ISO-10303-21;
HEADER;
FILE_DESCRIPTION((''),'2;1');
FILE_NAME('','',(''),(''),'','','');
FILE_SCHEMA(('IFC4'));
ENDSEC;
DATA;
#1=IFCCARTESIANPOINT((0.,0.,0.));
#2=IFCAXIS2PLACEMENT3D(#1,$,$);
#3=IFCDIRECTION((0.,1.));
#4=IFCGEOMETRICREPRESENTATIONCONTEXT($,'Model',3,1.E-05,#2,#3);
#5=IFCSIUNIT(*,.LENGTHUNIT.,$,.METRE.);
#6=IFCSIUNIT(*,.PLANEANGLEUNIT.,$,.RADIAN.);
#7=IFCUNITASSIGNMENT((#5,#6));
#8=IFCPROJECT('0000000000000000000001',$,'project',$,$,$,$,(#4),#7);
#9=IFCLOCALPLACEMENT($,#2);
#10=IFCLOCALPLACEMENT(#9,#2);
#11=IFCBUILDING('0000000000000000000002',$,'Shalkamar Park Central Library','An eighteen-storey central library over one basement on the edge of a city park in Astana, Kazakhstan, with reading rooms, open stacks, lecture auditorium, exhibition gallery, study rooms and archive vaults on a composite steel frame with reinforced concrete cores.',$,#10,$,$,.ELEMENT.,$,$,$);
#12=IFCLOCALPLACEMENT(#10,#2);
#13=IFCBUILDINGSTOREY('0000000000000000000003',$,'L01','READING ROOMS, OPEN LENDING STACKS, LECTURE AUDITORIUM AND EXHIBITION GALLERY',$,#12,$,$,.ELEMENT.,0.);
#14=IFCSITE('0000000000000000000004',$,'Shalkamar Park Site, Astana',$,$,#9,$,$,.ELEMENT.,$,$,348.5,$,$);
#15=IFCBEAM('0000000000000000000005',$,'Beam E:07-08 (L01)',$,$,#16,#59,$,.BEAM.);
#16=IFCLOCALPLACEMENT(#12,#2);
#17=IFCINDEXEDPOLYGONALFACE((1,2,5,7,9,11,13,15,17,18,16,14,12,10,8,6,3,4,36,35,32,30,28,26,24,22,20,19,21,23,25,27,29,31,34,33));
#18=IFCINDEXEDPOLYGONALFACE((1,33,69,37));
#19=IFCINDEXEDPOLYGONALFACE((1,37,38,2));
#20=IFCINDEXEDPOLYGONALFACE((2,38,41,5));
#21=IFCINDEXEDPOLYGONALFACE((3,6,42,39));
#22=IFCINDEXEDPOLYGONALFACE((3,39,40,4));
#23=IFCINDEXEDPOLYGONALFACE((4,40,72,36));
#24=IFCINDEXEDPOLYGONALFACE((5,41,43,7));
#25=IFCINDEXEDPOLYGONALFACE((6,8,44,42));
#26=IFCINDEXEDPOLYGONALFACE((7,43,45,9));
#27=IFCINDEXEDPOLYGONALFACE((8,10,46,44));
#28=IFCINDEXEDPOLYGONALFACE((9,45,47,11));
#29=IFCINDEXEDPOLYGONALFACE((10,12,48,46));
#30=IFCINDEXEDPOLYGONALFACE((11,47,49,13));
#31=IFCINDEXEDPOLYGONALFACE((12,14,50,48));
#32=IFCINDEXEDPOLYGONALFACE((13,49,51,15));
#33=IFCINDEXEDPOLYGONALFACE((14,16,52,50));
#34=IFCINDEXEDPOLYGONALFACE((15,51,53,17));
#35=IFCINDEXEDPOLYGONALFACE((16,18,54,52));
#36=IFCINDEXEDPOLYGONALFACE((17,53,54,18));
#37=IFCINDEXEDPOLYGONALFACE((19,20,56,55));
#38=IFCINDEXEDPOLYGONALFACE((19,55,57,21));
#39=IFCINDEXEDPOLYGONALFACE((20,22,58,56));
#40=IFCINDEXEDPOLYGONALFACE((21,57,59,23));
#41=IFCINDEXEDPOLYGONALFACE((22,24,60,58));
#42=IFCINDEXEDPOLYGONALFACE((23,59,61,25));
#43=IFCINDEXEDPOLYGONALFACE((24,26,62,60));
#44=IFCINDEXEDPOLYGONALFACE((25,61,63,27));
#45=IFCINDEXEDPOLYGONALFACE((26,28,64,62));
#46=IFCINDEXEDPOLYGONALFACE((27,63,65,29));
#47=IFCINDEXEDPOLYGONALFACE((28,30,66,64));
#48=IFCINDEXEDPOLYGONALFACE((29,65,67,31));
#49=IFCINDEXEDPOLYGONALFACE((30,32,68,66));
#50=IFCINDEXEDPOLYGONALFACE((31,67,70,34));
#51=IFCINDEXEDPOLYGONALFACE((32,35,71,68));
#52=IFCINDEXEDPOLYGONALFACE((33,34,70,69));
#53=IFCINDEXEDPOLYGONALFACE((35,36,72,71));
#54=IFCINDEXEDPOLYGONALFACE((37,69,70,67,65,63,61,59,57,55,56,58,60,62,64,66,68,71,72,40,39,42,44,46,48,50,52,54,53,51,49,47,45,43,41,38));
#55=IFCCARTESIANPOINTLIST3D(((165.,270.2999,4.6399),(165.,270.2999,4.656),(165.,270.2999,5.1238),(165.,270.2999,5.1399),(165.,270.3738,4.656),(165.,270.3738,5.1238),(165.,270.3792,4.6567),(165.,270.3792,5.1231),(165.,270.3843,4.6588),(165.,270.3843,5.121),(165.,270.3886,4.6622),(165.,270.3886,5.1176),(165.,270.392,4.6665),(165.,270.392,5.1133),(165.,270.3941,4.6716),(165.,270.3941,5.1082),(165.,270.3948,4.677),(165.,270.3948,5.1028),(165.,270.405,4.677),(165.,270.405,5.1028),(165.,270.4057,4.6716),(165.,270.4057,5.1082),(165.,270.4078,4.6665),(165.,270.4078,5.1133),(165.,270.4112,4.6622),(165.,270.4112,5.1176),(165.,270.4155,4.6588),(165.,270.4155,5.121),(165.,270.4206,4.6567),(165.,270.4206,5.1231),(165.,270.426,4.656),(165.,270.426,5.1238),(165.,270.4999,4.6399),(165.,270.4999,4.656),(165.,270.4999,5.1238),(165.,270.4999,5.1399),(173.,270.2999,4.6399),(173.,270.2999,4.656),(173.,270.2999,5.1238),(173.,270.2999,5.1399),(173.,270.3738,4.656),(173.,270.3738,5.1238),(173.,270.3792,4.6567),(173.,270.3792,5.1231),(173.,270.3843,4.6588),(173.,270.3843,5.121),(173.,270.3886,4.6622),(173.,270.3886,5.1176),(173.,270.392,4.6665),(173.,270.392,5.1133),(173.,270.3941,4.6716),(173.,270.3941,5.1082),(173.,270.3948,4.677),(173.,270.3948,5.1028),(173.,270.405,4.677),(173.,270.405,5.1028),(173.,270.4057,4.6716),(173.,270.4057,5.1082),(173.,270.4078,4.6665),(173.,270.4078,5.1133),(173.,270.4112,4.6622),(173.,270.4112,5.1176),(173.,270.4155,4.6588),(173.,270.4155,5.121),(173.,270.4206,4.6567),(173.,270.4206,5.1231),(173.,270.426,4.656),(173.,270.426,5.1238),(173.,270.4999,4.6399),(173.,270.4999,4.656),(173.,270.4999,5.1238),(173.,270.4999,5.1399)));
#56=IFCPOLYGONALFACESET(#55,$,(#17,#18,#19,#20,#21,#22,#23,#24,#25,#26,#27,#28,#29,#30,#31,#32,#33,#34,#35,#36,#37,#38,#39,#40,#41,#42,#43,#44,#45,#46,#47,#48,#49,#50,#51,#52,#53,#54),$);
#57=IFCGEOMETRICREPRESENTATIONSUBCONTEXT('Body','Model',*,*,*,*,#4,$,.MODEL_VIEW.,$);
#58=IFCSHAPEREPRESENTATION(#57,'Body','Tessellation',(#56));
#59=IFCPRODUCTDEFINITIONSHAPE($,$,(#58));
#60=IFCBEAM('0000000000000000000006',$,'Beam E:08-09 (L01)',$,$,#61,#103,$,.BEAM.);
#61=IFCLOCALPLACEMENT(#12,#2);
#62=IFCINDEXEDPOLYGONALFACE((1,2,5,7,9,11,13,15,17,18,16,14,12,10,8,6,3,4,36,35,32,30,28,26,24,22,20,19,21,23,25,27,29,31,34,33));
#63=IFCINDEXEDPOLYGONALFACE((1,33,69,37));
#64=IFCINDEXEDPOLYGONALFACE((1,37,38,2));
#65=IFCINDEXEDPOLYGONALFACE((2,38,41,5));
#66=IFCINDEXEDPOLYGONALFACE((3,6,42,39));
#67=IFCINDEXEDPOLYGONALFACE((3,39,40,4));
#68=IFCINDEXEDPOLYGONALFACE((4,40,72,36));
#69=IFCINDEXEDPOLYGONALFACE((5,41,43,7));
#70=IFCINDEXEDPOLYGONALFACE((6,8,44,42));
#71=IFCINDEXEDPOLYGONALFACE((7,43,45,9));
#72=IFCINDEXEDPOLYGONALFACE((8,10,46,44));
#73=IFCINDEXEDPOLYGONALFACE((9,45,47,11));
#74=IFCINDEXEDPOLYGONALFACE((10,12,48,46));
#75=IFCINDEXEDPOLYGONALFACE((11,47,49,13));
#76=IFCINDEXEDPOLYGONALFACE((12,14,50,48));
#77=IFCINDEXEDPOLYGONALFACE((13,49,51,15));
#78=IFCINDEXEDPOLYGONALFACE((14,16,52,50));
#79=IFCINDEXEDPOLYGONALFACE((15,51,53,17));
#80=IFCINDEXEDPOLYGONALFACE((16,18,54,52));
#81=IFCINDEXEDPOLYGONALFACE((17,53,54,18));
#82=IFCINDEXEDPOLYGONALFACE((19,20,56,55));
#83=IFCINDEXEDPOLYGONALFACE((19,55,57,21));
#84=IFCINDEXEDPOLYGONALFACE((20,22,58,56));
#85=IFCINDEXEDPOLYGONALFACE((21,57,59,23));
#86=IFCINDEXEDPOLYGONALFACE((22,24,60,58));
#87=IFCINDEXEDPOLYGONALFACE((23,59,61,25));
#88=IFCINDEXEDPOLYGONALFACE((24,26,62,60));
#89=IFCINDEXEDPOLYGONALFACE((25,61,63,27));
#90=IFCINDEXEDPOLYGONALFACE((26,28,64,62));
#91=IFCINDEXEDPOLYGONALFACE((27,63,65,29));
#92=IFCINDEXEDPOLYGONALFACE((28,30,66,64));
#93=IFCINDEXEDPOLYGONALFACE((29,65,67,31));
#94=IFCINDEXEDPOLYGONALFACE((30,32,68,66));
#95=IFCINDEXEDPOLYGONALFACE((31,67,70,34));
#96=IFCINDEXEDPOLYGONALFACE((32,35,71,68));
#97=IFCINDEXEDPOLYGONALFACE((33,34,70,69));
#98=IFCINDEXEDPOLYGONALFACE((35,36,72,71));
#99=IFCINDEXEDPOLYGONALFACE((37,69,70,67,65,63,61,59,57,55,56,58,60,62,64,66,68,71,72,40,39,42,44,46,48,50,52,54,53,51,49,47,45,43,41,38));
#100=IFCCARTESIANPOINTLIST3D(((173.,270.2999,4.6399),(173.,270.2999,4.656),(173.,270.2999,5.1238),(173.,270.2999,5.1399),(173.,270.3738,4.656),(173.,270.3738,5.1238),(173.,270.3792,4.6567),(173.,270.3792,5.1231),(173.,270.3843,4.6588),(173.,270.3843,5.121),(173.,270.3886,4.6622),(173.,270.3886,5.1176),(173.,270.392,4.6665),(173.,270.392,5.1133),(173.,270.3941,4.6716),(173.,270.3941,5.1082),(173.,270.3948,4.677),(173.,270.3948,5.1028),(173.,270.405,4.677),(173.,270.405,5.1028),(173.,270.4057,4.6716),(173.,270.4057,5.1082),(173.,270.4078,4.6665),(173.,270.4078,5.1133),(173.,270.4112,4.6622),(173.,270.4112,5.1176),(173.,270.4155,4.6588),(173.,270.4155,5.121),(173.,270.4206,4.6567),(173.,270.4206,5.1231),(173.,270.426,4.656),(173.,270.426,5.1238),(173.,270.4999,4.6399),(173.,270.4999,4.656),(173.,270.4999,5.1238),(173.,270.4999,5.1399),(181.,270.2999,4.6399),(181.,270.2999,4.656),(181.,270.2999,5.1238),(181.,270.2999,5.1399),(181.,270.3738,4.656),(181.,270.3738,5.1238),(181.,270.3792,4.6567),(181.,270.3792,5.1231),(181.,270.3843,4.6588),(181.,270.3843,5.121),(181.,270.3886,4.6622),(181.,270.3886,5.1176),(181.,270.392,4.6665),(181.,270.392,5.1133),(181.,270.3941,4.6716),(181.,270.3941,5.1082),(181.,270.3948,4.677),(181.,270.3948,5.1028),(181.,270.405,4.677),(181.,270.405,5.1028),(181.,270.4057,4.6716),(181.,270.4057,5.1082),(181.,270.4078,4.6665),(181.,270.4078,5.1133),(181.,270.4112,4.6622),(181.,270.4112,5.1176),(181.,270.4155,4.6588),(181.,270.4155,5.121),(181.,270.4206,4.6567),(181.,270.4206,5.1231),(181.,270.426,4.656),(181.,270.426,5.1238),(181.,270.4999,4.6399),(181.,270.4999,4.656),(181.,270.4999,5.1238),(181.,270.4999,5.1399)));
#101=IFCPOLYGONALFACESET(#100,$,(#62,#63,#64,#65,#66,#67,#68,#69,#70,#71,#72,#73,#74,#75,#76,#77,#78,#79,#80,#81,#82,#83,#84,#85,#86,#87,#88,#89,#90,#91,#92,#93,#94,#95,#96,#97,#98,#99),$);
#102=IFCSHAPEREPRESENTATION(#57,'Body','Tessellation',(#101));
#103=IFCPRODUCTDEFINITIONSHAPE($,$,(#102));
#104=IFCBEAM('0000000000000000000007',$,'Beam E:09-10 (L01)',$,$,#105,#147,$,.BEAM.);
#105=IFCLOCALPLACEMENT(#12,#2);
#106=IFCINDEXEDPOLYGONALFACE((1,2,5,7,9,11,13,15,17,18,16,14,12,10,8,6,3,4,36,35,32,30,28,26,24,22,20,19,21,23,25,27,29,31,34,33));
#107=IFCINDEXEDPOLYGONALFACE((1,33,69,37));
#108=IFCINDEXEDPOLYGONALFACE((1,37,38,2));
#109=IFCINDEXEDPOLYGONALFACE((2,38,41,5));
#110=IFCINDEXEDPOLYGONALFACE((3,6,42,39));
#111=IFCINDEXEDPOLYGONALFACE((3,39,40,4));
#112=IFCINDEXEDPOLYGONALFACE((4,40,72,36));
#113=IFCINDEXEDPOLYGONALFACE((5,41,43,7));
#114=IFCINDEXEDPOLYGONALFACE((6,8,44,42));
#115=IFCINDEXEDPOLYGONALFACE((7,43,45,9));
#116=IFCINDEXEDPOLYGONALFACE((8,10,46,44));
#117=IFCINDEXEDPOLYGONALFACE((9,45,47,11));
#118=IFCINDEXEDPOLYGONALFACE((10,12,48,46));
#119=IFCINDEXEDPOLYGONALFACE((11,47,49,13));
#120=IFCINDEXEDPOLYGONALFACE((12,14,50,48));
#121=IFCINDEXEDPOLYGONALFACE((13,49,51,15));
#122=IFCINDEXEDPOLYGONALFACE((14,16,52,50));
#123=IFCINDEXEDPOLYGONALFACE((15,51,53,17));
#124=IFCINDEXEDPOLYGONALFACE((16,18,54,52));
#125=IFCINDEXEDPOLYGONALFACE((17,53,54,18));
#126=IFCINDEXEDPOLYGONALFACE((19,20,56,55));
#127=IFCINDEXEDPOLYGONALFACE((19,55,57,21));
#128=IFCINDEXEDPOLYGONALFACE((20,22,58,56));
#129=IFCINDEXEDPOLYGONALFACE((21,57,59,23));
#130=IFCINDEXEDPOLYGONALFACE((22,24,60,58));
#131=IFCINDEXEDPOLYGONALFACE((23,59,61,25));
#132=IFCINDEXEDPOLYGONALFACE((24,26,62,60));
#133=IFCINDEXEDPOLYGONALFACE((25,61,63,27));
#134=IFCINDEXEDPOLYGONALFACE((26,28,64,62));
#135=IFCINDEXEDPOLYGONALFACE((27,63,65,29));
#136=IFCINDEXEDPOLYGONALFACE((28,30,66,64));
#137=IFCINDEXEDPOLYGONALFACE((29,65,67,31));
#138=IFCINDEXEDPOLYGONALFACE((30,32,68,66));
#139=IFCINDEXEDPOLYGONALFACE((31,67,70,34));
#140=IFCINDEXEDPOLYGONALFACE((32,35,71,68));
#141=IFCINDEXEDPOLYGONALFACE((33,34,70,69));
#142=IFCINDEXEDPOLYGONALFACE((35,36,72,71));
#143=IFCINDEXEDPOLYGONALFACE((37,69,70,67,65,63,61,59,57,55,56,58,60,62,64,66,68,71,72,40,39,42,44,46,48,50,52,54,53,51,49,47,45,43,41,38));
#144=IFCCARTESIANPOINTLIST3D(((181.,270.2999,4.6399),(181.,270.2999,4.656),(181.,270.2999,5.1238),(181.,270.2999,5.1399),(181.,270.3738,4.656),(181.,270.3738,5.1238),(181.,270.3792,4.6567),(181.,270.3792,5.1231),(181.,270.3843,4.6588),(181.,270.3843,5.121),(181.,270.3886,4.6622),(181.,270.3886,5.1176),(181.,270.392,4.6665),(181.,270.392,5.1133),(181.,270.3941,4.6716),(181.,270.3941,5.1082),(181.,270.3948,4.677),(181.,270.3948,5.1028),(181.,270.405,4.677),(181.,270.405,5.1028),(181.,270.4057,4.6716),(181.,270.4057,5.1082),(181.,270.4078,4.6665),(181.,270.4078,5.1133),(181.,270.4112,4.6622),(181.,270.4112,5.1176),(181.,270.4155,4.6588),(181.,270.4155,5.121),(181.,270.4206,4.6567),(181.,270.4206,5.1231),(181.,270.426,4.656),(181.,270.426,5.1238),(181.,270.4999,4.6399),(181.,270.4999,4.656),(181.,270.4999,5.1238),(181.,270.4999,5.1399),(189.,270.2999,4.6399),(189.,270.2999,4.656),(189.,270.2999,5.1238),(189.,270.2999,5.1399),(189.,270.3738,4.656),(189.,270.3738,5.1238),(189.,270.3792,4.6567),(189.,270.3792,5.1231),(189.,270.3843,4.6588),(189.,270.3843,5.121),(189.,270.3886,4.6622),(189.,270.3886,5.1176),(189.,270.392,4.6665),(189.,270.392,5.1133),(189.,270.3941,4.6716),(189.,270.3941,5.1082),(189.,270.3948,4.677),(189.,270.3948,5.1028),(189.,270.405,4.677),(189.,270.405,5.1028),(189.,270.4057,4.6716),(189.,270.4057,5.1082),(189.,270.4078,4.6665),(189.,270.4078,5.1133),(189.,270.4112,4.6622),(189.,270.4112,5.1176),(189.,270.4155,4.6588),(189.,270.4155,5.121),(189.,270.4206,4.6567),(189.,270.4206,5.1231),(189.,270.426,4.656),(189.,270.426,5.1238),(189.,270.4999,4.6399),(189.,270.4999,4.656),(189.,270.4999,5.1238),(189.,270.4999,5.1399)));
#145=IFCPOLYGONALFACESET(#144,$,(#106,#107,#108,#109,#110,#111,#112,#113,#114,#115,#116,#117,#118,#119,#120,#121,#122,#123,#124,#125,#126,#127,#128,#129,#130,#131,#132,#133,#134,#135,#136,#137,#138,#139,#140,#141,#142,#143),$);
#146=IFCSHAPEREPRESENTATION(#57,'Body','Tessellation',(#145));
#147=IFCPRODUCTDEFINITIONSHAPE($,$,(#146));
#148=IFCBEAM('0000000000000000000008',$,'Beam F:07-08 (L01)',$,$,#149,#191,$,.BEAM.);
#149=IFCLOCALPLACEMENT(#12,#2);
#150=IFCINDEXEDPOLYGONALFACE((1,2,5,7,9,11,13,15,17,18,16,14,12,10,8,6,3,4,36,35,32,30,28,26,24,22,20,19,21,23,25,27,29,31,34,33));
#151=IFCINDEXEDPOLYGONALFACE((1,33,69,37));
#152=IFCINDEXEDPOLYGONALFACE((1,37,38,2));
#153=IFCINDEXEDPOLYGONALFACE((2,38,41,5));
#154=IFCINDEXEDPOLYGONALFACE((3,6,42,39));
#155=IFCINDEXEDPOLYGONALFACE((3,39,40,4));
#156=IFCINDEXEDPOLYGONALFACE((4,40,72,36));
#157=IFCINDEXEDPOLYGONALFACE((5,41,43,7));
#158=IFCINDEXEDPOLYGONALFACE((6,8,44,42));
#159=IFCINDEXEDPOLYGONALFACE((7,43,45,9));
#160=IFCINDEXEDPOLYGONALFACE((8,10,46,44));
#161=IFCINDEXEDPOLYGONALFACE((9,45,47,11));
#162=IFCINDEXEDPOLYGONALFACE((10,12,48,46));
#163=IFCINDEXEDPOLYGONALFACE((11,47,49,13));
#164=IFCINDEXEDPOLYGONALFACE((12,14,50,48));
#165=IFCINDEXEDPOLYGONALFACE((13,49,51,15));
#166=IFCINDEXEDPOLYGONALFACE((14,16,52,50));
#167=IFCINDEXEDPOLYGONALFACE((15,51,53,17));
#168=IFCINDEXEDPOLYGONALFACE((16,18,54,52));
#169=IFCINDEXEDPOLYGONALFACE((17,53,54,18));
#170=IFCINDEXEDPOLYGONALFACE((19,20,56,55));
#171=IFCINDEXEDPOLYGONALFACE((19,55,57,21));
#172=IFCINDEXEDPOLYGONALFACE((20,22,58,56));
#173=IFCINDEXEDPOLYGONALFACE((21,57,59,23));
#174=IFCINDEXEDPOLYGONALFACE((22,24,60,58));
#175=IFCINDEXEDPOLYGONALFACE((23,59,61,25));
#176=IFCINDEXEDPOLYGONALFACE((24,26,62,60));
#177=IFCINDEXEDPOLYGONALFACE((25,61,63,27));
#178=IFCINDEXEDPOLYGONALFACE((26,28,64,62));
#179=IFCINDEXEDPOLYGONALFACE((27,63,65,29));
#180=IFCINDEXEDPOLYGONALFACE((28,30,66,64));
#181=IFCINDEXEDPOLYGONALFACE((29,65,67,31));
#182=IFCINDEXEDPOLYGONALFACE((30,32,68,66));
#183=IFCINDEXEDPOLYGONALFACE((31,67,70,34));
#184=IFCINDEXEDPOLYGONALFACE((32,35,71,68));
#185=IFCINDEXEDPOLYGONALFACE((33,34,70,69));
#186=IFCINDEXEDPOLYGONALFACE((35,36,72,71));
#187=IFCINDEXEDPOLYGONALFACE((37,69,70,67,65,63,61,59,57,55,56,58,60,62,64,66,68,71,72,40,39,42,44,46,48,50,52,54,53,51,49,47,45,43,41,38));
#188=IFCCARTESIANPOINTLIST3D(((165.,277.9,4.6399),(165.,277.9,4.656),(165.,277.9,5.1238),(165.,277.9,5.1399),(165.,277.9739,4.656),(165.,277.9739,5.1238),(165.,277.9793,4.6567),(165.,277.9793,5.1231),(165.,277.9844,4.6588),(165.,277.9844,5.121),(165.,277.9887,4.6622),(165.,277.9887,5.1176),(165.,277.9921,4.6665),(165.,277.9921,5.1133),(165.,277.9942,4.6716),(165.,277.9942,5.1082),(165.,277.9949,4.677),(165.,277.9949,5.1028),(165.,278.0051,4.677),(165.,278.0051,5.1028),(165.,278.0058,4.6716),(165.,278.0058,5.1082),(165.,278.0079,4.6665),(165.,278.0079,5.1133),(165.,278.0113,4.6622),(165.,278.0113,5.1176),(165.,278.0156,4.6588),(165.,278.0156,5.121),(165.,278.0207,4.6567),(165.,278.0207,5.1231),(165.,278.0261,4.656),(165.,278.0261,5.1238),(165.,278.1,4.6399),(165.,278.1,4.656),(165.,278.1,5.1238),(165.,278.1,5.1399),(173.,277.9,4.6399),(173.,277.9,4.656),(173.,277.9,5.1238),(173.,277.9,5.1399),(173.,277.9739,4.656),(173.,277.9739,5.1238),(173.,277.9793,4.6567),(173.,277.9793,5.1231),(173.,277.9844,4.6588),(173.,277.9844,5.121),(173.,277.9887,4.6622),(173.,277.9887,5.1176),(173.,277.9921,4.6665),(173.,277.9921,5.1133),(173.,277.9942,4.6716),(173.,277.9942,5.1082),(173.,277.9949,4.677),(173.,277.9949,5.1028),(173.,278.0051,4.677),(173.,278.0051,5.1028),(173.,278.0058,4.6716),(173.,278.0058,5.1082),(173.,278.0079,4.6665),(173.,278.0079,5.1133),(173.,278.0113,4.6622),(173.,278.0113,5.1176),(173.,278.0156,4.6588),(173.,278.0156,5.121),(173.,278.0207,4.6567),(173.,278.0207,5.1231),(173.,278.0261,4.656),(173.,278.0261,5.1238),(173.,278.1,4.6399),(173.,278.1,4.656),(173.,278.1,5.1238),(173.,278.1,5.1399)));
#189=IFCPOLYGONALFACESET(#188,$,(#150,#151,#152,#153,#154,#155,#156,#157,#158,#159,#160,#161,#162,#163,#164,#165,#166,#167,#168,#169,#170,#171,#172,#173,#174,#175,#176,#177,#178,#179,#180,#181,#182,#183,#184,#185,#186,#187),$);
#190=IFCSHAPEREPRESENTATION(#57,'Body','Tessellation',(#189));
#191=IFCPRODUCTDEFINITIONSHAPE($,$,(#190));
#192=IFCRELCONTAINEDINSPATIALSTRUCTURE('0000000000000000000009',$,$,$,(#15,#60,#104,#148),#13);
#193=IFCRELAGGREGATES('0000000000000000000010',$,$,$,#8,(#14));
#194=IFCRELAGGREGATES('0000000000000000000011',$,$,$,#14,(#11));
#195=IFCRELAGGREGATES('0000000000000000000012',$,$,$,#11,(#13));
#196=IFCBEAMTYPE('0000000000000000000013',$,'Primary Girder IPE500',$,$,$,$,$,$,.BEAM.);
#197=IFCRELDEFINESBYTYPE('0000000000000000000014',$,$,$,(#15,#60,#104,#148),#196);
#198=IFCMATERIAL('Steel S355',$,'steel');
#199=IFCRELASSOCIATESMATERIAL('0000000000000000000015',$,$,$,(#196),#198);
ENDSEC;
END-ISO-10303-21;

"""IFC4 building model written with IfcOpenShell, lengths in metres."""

from ifc_helpers import new_model, si_unit, direction, frame, origin, origin_2d, place, context, subcontext, project, spatial, i_section, extrude, material, material_profile, profile_set, type_object, element, save


model = new_model("IFC4")

# Units and contexts
model_context = context("Model", 3, precision=1e-05, world=origin(), true_north=direction((0.0, 1.0)))
body_context = subcontext(model_context, "Body", "Model", "MODEL_VIEW")
ifc_project = project(units=[si_unit("LENGTHUNIT", "METRE"), si_unit("PLANEANGLEUNIT", "RADIAN")], contexts=[model_context])

# Site, building, storey
site_placement = place(None, origin())
site = spatial("IfcSite", under=ifc_project, at=site_placement, Name="Shalkamar Park Site, Astana", CompositionType="ELEMENT", RefElevation=348.5)
building_placement = place(site_placement, origin())
building = spatial("IfcBuilding", under=site, at=building_placement, Name="Shalkamar Park Central Library", Description="An eighteen-storey central library over one basement on the edge of a city park in Astana, Kazakhstan, with reading rooms, open stacks, lecture auditorium, exhibition gallery, study rooms and archive vaults on a composite steel frame with reinforced concrete cores.", CompositionType="ELEMENT")
storey_placement = place(building_placement, origin())
storey = spatial("IfcBuildingStorey", under=building, at=storey_placement, Name="L01", Description="READING ROOMS, OPEN LENDING STACKS, LECTURE AUDITORIUM AND EXHIBITION GALLERY", CompositionType="ELEMENT", Elevation=0.0)

# Shared definitions
ifc_material = material(Name="Steel S355", Category="steel")

# Beams
ifc_material_profile_1 = material_profile(ifc_material, i_section(OverallWidth=0.2, OverallDepth=0.5, WebThickness=0.0103, FlangeThickness=0.0161, FilletRadius=0.021, at=origin_2d()), Name="IPE 500")
ifc_profile_set_1 = profile_set([ifc_material_profile_1], Name="Steel S355")
beam_type_1 = type_object("IfcBeamType", Name="Primary Girder IPE500", PredefinedType="BEAM", material=ifc_profile_set_1)
for number, where, z_axis, x_axis, name in (
    (1, (165.0, 270.3999, 4.8899), (1.0, 0.0, 0.0), (0.0, 1.0, 0.0), "Beam E:07-08 (L01)"),
    (2, (173.0, 270.3999, 4.8899), (1.0, 0.0, 0.0), (0.0, 1.0, 0.0), "Beam E:08-09 (L01)"),
    (3, (181.0, 270.3999, 4.8899), (1.0, 0.0, 0.0), (0.0, 1.0, 0.0), "Beam E:09-10 (L01)"),
    (4, (165.0, 278.0, 4.8899), (1.0, 0.0, 0.0), (0.0, 1.0, 0.0), "Beam F:07-08 (L01)"),
):
    element("IfcBeam", number, at=place(storey_placement, frame(where, z_axis=z_axis, x_axis=x_axis)), inside=storey, type_object=beam_type_1, Name=name, PredefinedType="BEAM", context=body_context, shape_type="SweptSolid", body=[
        extrude(i_section(OverallWidth=0.2, OverallDepth=0.5, WebThickness=0.0103, FlangeThickness=0.0161, FilletRadius=0.021, at=origin_2d()), origin(), (0.0, 0.0, 1.0), 8.0),
    ])

save(model, "model.ifc")
